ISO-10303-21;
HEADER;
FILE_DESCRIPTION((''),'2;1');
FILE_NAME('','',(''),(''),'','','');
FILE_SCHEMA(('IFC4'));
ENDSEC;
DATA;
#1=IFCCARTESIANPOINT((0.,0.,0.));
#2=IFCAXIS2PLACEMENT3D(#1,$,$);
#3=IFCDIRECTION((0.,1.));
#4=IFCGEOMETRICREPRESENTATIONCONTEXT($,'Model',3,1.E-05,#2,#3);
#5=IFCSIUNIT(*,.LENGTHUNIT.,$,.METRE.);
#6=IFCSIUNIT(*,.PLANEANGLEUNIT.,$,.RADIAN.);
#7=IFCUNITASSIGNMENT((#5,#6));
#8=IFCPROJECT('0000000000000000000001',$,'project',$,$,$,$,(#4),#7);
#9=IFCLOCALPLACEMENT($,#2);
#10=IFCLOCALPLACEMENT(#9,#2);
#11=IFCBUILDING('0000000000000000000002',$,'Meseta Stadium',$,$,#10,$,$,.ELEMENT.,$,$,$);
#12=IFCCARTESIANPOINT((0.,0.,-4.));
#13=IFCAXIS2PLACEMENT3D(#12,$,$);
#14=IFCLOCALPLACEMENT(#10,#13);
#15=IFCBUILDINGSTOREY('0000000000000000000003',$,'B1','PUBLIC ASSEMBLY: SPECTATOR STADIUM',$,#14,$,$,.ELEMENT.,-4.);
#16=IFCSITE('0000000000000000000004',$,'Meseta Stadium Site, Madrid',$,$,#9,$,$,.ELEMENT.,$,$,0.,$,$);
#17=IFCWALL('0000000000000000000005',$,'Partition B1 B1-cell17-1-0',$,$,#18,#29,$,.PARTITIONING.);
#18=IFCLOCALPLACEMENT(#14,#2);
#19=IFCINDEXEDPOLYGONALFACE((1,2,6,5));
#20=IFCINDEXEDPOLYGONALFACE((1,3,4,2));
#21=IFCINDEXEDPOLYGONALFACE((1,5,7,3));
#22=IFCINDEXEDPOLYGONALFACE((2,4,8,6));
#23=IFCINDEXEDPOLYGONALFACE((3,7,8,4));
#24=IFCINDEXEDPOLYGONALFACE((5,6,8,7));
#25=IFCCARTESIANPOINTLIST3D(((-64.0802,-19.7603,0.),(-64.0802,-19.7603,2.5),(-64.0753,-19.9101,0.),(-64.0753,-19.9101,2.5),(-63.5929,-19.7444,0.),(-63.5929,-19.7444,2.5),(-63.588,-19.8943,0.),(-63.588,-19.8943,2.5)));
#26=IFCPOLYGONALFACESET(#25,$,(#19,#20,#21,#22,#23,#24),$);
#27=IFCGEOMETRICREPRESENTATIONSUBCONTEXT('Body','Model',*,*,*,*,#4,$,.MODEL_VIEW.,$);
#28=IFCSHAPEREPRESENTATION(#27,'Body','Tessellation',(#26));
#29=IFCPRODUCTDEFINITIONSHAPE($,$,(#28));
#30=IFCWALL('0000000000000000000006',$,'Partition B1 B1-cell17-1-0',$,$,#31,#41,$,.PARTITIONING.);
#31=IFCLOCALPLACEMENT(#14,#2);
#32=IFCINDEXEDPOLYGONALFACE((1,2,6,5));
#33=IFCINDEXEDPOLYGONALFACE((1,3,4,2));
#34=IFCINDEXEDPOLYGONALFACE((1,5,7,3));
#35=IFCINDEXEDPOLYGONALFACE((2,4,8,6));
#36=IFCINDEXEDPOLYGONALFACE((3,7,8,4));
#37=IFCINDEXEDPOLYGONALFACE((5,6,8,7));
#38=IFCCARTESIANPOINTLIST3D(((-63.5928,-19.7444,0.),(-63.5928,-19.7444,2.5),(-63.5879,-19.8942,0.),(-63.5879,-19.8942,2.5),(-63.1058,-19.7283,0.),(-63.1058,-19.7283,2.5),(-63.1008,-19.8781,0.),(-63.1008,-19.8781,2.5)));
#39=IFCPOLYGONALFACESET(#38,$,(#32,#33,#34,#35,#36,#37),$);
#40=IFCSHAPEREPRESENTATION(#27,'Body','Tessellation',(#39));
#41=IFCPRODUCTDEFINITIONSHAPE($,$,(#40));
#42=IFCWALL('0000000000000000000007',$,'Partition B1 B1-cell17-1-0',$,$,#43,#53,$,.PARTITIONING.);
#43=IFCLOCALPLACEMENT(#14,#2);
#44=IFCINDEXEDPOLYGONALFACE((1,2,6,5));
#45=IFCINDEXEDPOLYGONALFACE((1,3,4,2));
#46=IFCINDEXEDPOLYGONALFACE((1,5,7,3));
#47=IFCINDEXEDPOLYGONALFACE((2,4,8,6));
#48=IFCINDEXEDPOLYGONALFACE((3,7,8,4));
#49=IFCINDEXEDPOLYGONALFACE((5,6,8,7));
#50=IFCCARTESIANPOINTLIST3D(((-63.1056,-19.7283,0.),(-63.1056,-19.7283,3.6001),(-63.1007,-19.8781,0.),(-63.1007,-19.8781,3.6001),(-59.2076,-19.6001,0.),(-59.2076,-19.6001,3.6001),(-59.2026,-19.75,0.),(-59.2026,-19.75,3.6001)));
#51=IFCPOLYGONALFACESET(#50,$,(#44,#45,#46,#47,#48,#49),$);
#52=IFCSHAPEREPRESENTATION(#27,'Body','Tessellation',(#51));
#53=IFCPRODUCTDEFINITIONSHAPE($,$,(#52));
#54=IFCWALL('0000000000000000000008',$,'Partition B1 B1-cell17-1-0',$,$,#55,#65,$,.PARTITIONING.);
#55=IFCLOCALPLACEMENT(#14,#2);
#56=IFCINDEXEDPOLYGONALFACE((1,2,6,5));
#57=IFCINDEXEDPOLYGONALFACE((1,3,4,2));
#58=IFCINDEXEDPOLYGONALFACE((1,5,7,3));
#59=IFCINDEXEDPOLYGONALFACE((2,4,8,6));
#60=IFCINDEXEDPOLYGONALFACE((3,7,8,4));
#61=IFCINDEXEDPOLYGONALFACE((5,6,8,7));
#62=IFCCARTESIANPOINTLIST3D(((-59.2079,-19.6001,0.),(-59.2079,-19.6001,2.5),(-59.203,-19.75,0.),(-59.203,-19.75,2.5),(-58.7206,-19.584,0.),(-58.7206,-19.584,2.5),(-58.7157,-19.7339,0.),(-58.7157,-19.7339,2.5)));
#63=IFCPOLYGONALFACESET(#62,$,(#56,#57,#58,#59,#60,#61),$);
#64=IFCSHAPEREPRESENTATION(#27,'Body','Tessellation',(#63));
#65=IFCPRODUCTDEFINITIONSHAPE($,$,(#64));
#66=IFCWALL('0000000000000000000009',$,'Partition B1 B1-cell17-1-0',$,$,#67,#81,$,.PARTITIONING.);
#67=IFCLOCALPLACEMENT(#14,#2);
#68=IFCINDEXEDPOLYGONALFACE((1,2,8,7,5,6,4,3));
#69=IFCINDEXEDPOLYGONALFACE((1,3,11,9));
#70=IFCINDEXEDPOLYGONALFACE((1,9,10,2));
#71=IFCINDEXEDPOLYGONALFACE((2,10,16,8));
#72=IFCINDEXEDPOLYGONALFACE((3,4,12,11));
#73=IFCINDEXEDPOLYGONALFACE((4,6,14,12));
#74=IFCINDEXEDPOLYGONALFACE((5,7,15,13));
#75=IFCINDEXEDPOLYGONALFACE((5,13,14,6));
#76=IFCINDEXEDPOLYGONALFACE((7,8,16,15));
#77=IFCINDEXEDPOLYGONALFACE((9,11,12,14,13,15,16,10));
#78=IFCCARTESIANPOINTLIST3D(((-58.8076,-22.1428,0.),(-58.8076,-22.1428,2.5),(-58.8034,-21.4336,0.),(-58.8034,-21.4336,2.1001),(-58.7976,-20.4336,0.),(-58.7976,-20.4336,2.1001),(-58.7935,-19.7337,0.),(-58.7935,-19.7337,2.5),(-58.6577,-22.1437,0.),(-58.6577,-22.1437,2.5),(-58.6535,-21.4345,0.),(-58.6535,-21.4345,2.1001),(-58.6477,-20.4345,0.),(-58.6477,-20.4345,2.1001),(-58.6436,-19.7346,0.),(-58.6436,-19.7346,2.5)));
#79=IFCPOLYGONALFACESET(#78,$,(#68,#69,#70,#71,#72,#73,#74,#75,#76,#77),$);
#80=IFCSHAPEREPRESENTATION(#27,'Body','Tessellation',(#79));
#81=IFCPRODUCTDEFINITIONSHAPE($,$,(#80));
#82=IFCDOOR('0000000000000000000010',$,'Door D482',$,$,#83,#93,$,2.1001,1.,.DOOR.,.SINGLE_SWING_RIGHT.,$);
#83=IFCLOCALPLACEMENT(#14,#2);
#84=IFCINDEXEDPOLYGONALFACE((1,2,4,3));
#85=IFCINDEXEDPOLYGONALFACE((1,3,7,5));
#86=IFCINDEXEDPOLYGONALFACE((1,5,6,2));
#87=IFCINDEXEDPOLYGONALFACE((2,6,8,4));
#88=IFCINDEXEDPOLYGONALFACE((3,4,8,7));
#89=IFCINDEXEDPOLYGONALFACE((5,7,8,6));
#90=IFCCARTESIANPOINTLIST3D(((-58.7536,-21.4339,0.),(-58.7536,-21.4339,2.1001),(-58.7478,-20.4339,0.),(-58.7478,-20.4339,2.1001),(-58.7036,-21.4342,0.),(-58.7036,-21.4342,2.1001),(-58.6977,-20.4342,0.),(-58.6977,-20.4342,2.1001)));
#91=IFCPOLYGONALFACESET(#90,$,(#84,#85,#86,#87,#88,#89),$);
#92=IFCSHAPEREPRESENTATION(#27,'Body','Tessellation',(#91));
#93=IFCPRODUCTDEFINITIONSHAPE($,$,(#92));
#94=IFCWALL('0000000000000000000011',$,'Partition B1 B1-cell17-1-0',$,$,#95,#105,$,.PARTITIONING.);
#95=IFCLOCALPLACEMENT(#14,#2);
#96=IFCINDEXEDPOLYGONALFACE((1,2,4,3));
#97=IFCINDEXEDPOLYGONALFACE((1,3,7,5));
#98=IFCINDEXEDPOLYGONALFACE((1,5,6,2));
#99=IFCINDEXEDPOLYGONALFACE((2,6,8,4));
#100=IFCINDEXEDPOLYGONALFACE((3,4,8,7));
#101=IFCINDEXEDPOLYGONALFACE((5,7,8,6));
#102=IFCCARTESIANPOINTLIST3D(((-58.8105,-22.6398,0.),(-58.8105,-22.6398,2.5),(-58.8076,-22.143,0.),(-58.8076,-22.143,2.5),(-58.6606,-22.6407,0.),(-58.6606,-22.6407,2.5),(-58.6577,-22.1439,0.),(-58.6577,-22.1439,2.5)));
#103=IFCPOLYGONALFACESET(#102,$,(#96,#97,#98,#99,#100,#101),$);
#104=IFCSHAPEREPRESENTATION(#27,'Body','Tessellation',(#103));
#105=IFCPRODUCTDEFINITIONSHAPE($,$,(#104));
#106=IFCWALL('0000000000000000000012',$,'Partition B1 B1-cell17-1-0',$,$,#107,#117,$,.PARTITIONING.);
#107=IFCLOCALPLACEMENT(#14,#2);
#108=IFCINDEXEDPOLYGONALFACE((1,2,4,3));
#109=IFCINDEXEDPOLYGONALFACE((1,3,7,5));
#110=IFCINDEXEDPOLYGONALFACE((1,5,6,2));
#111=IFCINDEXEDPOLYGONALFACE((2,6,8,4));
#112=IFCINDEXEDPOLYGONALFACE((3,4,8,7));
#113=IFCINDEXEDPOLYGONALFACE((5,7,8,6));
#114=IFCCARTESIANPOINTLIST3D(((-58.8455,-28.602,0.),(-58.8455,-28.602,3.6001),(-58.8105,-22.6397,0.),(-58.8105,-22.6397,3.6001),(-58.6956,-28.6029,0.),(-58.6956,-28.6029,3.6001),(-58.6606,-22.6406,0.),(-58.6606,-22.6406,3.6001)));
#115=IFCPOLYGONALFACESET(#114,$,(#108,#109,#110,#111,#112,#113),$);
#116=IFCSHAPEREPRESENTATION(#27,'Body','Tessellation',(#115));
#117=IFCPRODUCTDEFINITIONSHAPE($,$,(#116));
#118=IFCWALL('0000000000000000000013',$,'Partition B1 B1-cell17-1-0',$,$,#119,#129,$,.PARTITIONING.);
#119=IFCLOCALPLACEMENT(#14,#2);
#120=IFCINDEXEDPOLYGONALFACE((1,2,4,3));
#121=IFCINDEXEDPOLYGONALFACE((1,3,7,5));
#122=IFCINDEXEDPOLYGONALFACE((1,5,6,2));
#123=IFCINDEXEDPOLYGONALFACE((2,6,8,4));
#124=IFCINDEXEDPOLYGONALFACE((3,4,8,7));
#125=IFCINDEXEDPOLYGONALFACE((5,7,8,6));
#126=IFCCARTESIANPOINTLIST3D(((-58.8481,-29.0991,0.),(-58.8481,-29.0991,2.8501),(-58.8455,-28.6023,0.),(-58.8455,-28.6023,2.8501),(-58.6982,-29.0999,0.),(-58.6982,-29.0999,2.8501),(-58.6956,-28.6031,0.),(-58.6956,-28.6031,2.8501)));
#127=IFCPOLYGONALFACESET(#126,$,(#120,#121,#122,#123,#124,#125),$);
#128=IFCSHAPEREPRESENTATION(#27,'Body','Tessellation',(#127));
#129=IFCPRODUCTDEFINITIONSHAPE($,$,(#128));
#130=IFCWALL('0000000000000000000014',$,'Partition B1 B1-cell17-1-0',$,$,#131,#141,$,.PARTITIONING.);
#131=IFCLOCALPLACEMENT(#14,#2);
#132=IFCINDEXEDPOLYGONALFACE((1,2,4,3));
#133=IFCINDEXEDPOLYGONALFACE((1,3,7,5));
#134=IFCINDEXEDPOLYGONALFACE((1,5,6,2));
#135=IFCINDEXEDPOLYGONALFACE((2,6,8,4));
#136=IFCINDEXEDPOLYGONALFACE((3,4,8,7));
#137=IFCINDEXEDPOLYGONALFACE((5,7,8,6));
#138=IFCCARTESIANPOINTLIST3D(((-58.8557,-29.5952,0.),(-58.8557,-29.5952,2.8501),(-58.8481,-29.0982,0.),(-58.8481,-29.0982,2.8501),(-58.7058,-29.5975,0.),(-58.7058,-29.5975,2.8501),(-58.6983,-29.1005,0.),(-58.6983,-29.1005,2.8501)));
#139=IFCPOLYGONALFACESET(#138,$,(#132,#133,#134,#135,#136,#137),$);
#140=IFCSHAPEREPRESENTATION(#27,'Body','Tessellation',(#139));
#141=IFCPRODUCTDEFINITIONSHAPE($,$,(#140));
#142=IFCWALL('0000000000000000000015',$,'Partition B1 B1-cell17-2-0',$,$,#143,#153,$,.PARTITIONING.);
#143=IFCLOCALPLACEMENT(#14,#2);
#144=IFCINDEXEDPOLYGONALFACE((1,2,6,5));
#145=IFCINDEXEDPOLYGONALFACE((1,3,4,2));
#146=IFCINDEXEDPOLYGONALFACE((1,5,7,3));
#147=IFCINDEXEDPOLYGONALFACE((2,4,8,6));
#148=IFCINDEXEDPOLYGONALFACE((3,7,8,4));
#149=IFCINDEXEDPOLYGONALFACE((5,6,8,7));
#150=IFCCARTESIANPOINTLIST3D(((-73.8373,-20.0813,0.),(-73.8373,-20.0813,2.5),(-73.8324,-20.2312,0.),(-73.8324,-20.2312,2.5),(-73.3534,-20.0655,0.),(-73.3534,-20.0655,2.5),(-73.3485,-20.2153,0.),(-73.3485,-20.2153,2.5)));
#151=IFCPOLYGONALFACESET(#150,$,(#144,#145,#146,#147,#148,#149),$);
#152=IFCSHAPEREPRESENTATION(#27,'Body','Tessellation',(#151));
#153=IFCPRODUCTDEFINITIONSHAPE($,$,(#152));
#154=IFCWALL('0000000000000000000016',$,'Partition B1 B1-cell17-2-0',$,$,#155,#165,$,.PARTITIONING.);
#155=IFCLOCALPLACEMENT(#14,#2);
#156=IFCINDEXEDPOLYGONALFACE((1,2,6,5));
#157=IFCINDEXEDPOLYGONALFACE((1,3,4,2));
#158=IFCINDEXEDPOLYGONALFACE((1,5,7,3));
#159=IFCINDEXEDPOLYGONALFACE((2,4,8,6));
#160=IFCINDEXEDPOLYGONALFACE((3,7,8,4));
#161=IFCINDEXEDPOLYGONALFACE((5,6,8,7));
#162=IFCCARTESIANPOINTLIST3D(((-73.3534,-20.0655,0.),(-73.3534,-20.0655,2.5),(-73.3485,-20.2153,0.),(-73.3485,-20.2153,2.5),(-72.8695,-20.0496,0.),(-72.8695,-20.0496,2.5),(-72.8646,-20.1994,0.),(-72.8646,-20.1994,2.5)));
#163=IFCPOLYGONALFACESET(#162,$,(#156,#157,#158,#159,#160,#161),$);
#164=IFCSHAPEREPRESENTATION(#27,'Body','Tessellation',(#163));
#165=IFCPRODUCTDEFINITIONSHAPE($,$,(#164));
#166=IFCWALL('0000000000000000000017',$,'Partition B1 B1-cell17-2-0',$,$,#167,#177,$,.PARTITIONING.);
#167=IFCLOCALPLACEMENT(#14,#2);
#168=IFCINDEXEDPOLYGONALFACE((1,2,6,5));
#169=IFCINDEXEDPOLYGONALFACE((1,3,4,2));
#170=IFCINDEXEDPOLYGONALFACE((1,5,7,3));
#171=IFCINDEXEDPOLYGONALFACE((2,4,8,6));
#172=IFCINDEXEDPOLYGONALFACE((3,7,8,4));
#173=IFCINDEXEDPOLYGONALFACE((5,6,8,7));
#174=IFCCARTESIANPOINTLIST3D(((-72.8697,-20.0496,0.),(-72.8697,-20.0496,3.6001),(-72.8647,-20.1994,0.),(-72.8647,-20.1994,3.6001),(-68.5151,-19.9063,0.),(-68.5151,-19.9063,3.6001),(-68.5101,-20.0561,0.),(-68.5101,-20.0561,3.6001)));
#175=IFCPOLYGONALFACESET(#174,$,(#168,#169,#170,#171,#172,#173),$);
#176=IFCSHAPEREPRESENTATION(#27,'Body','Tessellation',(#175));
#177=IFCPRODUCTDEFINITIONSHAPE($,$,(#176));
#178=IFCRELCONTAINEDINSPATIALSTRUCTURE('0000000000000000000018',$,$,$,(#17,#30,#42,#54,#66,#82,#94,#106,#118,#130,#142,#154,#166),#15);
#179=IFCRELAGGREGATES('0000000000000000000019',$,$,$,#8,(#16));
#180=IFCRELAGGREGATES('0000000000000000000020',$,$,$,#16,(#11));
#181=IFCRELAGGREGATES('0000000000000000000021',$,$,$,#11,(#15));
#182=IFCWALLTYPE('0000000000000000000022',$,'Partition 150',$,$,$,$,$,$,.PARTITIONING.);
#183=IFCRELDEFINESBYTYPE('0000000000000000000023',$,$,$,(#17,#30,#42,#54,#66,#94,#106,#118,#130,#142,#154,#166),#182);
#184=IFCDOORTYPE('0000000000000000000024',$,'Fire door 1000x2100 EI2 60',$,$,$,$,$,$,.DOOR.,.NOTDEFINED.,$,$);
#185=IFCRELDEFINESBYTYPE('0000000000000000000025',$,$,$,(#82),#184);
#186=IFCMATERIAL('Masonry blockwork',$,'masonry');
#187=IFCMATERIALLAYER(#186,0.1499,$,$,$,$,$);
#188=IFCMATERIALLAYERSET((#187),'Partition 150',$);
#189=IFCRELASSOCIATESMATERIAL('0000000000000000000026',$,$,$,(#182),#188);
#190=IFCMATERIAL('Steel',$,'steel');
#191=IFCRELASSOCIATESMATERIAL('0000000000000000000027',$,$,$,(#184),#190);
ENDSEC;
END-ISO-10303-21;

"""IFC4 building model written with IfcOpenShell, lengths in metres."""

from ifc_helpers import new_model, si_unit, direction, frame, frame_2d, origin, place, context, subcontext, project, spatial, rectangle, extrude, material, layer, layer_set, type_object, element, fill, save


model = new_model("IFC4")

# Units and contexts
model_context = context("Model", 3, precision=1e-05, world=origin(), true_north=direction((0.0, 1.0)))
body_context = subcontext(model_context, "Body", "Model", "MODEL_VIEW")
ifc_project = project(units=[si_unit("LENGTHUNIT", "METRE"), si_unit("PLANEANGLEUNIT", "RADIAN")], contexts=[model_context])

# Site, building, storey
site_placement = place(None, origin())
site = spatial("IfcSite", under=ifc_project, at=site_placement, Name="Meseta Stadium Site, Madrid", CompositionType="ELEMENT", RefElevation=0.0)
building_placement = place(site_placement, origin())
building = spatial("IfcBuilding", under=site, at=building_placement, Name="Meseta Stadium", CompositionType="ELEMENT")
storey_placement = place(building_placement, frame((0.0, 0.0, -4.0)))
storey = spatial("IfcBuildingStorey", under=building, at=storey_placement, Name="B1", Description="PUBLIC ASSEMBLY: SPECTATOR STADIUM", CompositionType="ELEMENT", Elevation=-4.0)

# Walls
ifc_material_1 = material(Name="Masonry blockwork", Category="masonry")
ifc_layer = layer(ifc_material_1, 0.1499)
ifc_layer_set = layer_set([ifc_layer], Name="Partition 150")
wall_type = type_object("IfcWallType", Name="Partition 150", PredefinedType="PARTITIONING", material=ifc_layer_set)
for number, where, z_axis, x_axis, name in (
    (1, (-64.0776, -19.8352, 0.0), (0.0, 0.0, 1.0), (0.99947, 0.032548, 0.0), "Partition B1 B1-cell17-1-0"),
):
    element("IfcWall", number, at=place(storey_placement, frame(where, z_axis=z_axis, x_axis=x_axis)), inside=storey, type_object=wall_type, Name=name, PredefinedType="PARTITIONING", context=body_context, shape_type="SweptSolid", body=[
        extrude(rectangle(XDim=0.4875, YDim=0.1499, at=frame_2d((0.2437, 0.0))), origin(), (0.0, 0.0, 1.0), 2.5),
    ])
wall_1_placement = place(storey_placement, frame((-63.5903, -19.8193, 0.0), z_axis=(0.0, 0.0, 1.0), x_axis=(0.999453, 0.033065, 0.0)))
element("IfcWall", 2, at=wall_1_placement, inside=storey, type_object=wall_type, Name="Partition B1 B1-cell17-1-0", PredefinedType="PARTITIONING", context=body_context, shape_type="SweptSolid", body=[
    extrude(rectangle(XDim=0.4873, YDim=0.1499, at=frame_2d((0.2437, 0.0))), origin(), (0.0, 0.0, 1.0), 2.5),
])
wall_2_placement = place(storey_placement, frame((-63.1033, -19.8032, 0.0), z_axis=(0.0, 0.0, 1.0), x_axis=(0.99946, 0.032865, 0.0)))
element("IfcWall", 3, at=wall_2_placement, inside=storey, type_object=wall_type, Name="Partition B1 B1-cell17-1-0", PredefinedType="PARTITIONING", context=body_context, shape_type="SweptSolid", body=[
    extrude(rectangle(XDim=3.9001, YDim=0.1499, at=frame_2d((1.9502, 0.0))), origin(), (0.0, 0.0, 1.0), 3.6001),
])
wall_3_placement = place(storey_placement, frame((-59.2053, -19.675, 0.0), z_axis=(0.0, 0.0, 1.0), x_axis=(0.999454, 0.033048, 0.0)))
element("IfcWall", 4, at=wall_3_placement, inside=storey, type_object=wall_type, Name="Partition B1 B1-cell17-1-0", PredefinedType="PARTITIONING", context=body_context, shape_type="SweptSolid", body=[
    extrude(rectangle(XDim=0.4875, YDim=0.1499, at=frame_2d((0.2437, 0.0))), origin(), (0.0, 0.0, 1.0), 2.5),
])

# Wall, opening, door
wall_4_placement = place(storey_placement, frame((-58.7185, -19.7341, 0.0), z_axis=(0.0, 0.0, 1.0), x_axis=(-0.005877, -0.999983, 0.0)))
wall_4 = element("IfcWall", 5, at=wall_4_placement, inside=storey, type_object=wall_type, Name="Partition B1 B1-cell17-1-0", PredefinedType="PARTITIONING", context=body_context, shape_type="SweptSolid", body=[
    extrude(rectangle(XDim=2.4092, YDim=0.1499, at=frame_2d((1.2046, 0.0))), origin(), (0.0, 0.0, 1.0), 2.5),
])
opening_placement = place(wall_4_placement, frame((0.7, 0.0, 0.0)))
opening = element("IfcOpeningElement", 6, at=opening_placement, cuts=wall_4, PredefinedType="OPENING", context=body_context, shape_type="SweptSolid", body=[
    extrude(rectangle(XDim=1.0, YDim=2.1001, at=frame_2d((0.5, 1.05))), frame((0.0, 0.085, 0.0), z_axis=(0.0, -1.0, 0.0), x_axis=(1.0, 0.0, 0.0)), (0.0, 0.0, 1.0), 0.1699),
])
ifc_material_2 = material(Name="Steel", Category="steel")
door_type = type_object("IfcDoorType", Name="Fire door 1000x2100 EI2 60", OperationType="NOTDEFINED", PredefinedType="DOOR", material=ifc_material_2)
door_placement = place(opening_placement, origin())
door = element("IfcDoor", 7, at=door_placement, inside=storey, type_object=door_type, Name="Door D482", OperationType="SINGLE_SWING_RIGHT", OverallHeight=2.1001, OverallWidth=1.0, PredefinedType="DOOR", context=body_context, shape_type="SweptSolid", body=[
    extrude(rectangle(XDim=1.0, YDim=2.1001, at=frame_2d((0.5, 1.05))), frame((0.0, 0.0249, 0.0), z_axis=(0.0, -1.0, 0.0), x_axis=(1.0, 0.0, 0.0)), (0.0, 0.0, 1.0), 0.05),
])
fill(opening, door)

# Walls
wall_5_placement = place(storey_placement, frame((-58.7327, -22.1433, 0.0), z_axis=(0.0, 0.0, 1.0), x_axis=(-0.005897, -0.999983, 0.0)))
element("IfcWall", 8, at=wall_5_placement, inside=storey, type_object=wall_type, Name="Partition B1 B1-cell17-1-0", PredefinedType="PARTITIONING", context=body_context, shape_type="SweptSolid", body=[
    extrude(rectangle(XDim=0.4968, YDim=0.1499, at=frame_2d((0.2485, 0.0))), origin(), (0.0, 0.0, 1.0), 2.5),
])
wall_6_placement = place(storey_placement, frame((-58.7356, -22.6401, 0.0), z_axis=(0.0, 0.0, 1.0), x_axis=(-0.005855, -0.999983, 0.0)))
element("IfcWall", 9, at=wall_6_placement, inside=storey, type_object=wall_type, Name="Partition B1 B1-cell17-1-0", PredefinedType="PARTITIONING", context=body_context, shape_type="SweptSolid", body=[
    extrude(rectangle(XDim=5.9624, YDim=0.1499, at=frame_2d((2.9812, 0.0))), origin(), (0.0, 0.0, 1.0), 3.6001),
])
wall_7_placement = place(storey_placement, frame((-58.7705, -28.6025, 0.0), z_axis=(0.0, 0.0, 1.0), x_axis=(-0.005405, -0.999985, 0.0)))
element("IfcWall", 10, at=wall_7_placement, inside=storey, type_object=wall_type, Name="Partition B1 B1-cell17-1-0", PredefinedType="PARTITIONING", context=body_context, shape_type="SweptSolid", body=[
    extrude(rectangle(XDim=0.4968, YDim=0.1499, at=frame_2d((0.2485, 0.0))), origin(), (0.0, 0.0, 1.0), 2.8501),
])
wall_8_placement = place(storey_placement, frame((-58.7732, -29.0994, 0.0), z_axis=(0.0, 0.0, 1.0), x_axis=(-0.015224, -0.999884, 0.0)))
element("IfcWall", 11, at=wall_8_placement, inside=storey, type_object=wall_type, Name="Partition B1 B1-cell17-1-0", PredefinedType="PARTITIONING", context=body_context, shape_type="SweptSolid", body=[
    extrude(rectangle(XDim=0.4971, YDim=0.1499, at=frame_2d((0.2485, 0.0))), origin(), (0.0, 0.0, 1.0), 2.8501),
])
for number, where, z_axis, x_axis, name in (
    (12, (-73.835, -20.1562, 0.0), (0.0, 0.0, 1.0), (0.999463, 0.032778, 0.0), "Partition B1 B1-cell17-2-0"),
    (13, (-73.3511, -20.1404, 0.0), (0.0, 0.0, 1.0), (0.999463, 0.032778, 0.0), "Partition B1 B1-cell17-2-0"),
):
    element("IfcWall", number, at=place(storey_placement, frame(where, z_axis=z_axis, x_axis=x_axis)), inside=storey, type_object=wall_type, Name=name, PredefinedType="PARTITIONING", context=body_context, shape_type="SweptSolid", body=[
        extrude(rectangle(XDim=0.4841, YDim=0.1499, at=frame_2d((0.2422, 0.0))), origin(), (0.0, 0.0, 1.0), 2.5),
    ])
wall_9_placement = place(storey_placement, frame((-72.8672, -20.1245, 0.0), z_axis=(0.0, 0.0, 1.0), x_axis=(0.999459, 0.032893, 0.0)))
element("IfcWall", 14, at=wall_9_placement, inside=storey, type_object=wall_type, Name="Partition B1 B1-cell17-2-0", PredefinedType="PARTITIONING", context=body_context, shape_type="SweptSolid", body=[
    extrude(rectangle(XDim=4.3569, YDim=0.1499, at=frame_2d((2.1785, 0.0))), origin(), (0.0, 0.0, 1.0), 3.6001),
])

save(model, "model.ifc")
